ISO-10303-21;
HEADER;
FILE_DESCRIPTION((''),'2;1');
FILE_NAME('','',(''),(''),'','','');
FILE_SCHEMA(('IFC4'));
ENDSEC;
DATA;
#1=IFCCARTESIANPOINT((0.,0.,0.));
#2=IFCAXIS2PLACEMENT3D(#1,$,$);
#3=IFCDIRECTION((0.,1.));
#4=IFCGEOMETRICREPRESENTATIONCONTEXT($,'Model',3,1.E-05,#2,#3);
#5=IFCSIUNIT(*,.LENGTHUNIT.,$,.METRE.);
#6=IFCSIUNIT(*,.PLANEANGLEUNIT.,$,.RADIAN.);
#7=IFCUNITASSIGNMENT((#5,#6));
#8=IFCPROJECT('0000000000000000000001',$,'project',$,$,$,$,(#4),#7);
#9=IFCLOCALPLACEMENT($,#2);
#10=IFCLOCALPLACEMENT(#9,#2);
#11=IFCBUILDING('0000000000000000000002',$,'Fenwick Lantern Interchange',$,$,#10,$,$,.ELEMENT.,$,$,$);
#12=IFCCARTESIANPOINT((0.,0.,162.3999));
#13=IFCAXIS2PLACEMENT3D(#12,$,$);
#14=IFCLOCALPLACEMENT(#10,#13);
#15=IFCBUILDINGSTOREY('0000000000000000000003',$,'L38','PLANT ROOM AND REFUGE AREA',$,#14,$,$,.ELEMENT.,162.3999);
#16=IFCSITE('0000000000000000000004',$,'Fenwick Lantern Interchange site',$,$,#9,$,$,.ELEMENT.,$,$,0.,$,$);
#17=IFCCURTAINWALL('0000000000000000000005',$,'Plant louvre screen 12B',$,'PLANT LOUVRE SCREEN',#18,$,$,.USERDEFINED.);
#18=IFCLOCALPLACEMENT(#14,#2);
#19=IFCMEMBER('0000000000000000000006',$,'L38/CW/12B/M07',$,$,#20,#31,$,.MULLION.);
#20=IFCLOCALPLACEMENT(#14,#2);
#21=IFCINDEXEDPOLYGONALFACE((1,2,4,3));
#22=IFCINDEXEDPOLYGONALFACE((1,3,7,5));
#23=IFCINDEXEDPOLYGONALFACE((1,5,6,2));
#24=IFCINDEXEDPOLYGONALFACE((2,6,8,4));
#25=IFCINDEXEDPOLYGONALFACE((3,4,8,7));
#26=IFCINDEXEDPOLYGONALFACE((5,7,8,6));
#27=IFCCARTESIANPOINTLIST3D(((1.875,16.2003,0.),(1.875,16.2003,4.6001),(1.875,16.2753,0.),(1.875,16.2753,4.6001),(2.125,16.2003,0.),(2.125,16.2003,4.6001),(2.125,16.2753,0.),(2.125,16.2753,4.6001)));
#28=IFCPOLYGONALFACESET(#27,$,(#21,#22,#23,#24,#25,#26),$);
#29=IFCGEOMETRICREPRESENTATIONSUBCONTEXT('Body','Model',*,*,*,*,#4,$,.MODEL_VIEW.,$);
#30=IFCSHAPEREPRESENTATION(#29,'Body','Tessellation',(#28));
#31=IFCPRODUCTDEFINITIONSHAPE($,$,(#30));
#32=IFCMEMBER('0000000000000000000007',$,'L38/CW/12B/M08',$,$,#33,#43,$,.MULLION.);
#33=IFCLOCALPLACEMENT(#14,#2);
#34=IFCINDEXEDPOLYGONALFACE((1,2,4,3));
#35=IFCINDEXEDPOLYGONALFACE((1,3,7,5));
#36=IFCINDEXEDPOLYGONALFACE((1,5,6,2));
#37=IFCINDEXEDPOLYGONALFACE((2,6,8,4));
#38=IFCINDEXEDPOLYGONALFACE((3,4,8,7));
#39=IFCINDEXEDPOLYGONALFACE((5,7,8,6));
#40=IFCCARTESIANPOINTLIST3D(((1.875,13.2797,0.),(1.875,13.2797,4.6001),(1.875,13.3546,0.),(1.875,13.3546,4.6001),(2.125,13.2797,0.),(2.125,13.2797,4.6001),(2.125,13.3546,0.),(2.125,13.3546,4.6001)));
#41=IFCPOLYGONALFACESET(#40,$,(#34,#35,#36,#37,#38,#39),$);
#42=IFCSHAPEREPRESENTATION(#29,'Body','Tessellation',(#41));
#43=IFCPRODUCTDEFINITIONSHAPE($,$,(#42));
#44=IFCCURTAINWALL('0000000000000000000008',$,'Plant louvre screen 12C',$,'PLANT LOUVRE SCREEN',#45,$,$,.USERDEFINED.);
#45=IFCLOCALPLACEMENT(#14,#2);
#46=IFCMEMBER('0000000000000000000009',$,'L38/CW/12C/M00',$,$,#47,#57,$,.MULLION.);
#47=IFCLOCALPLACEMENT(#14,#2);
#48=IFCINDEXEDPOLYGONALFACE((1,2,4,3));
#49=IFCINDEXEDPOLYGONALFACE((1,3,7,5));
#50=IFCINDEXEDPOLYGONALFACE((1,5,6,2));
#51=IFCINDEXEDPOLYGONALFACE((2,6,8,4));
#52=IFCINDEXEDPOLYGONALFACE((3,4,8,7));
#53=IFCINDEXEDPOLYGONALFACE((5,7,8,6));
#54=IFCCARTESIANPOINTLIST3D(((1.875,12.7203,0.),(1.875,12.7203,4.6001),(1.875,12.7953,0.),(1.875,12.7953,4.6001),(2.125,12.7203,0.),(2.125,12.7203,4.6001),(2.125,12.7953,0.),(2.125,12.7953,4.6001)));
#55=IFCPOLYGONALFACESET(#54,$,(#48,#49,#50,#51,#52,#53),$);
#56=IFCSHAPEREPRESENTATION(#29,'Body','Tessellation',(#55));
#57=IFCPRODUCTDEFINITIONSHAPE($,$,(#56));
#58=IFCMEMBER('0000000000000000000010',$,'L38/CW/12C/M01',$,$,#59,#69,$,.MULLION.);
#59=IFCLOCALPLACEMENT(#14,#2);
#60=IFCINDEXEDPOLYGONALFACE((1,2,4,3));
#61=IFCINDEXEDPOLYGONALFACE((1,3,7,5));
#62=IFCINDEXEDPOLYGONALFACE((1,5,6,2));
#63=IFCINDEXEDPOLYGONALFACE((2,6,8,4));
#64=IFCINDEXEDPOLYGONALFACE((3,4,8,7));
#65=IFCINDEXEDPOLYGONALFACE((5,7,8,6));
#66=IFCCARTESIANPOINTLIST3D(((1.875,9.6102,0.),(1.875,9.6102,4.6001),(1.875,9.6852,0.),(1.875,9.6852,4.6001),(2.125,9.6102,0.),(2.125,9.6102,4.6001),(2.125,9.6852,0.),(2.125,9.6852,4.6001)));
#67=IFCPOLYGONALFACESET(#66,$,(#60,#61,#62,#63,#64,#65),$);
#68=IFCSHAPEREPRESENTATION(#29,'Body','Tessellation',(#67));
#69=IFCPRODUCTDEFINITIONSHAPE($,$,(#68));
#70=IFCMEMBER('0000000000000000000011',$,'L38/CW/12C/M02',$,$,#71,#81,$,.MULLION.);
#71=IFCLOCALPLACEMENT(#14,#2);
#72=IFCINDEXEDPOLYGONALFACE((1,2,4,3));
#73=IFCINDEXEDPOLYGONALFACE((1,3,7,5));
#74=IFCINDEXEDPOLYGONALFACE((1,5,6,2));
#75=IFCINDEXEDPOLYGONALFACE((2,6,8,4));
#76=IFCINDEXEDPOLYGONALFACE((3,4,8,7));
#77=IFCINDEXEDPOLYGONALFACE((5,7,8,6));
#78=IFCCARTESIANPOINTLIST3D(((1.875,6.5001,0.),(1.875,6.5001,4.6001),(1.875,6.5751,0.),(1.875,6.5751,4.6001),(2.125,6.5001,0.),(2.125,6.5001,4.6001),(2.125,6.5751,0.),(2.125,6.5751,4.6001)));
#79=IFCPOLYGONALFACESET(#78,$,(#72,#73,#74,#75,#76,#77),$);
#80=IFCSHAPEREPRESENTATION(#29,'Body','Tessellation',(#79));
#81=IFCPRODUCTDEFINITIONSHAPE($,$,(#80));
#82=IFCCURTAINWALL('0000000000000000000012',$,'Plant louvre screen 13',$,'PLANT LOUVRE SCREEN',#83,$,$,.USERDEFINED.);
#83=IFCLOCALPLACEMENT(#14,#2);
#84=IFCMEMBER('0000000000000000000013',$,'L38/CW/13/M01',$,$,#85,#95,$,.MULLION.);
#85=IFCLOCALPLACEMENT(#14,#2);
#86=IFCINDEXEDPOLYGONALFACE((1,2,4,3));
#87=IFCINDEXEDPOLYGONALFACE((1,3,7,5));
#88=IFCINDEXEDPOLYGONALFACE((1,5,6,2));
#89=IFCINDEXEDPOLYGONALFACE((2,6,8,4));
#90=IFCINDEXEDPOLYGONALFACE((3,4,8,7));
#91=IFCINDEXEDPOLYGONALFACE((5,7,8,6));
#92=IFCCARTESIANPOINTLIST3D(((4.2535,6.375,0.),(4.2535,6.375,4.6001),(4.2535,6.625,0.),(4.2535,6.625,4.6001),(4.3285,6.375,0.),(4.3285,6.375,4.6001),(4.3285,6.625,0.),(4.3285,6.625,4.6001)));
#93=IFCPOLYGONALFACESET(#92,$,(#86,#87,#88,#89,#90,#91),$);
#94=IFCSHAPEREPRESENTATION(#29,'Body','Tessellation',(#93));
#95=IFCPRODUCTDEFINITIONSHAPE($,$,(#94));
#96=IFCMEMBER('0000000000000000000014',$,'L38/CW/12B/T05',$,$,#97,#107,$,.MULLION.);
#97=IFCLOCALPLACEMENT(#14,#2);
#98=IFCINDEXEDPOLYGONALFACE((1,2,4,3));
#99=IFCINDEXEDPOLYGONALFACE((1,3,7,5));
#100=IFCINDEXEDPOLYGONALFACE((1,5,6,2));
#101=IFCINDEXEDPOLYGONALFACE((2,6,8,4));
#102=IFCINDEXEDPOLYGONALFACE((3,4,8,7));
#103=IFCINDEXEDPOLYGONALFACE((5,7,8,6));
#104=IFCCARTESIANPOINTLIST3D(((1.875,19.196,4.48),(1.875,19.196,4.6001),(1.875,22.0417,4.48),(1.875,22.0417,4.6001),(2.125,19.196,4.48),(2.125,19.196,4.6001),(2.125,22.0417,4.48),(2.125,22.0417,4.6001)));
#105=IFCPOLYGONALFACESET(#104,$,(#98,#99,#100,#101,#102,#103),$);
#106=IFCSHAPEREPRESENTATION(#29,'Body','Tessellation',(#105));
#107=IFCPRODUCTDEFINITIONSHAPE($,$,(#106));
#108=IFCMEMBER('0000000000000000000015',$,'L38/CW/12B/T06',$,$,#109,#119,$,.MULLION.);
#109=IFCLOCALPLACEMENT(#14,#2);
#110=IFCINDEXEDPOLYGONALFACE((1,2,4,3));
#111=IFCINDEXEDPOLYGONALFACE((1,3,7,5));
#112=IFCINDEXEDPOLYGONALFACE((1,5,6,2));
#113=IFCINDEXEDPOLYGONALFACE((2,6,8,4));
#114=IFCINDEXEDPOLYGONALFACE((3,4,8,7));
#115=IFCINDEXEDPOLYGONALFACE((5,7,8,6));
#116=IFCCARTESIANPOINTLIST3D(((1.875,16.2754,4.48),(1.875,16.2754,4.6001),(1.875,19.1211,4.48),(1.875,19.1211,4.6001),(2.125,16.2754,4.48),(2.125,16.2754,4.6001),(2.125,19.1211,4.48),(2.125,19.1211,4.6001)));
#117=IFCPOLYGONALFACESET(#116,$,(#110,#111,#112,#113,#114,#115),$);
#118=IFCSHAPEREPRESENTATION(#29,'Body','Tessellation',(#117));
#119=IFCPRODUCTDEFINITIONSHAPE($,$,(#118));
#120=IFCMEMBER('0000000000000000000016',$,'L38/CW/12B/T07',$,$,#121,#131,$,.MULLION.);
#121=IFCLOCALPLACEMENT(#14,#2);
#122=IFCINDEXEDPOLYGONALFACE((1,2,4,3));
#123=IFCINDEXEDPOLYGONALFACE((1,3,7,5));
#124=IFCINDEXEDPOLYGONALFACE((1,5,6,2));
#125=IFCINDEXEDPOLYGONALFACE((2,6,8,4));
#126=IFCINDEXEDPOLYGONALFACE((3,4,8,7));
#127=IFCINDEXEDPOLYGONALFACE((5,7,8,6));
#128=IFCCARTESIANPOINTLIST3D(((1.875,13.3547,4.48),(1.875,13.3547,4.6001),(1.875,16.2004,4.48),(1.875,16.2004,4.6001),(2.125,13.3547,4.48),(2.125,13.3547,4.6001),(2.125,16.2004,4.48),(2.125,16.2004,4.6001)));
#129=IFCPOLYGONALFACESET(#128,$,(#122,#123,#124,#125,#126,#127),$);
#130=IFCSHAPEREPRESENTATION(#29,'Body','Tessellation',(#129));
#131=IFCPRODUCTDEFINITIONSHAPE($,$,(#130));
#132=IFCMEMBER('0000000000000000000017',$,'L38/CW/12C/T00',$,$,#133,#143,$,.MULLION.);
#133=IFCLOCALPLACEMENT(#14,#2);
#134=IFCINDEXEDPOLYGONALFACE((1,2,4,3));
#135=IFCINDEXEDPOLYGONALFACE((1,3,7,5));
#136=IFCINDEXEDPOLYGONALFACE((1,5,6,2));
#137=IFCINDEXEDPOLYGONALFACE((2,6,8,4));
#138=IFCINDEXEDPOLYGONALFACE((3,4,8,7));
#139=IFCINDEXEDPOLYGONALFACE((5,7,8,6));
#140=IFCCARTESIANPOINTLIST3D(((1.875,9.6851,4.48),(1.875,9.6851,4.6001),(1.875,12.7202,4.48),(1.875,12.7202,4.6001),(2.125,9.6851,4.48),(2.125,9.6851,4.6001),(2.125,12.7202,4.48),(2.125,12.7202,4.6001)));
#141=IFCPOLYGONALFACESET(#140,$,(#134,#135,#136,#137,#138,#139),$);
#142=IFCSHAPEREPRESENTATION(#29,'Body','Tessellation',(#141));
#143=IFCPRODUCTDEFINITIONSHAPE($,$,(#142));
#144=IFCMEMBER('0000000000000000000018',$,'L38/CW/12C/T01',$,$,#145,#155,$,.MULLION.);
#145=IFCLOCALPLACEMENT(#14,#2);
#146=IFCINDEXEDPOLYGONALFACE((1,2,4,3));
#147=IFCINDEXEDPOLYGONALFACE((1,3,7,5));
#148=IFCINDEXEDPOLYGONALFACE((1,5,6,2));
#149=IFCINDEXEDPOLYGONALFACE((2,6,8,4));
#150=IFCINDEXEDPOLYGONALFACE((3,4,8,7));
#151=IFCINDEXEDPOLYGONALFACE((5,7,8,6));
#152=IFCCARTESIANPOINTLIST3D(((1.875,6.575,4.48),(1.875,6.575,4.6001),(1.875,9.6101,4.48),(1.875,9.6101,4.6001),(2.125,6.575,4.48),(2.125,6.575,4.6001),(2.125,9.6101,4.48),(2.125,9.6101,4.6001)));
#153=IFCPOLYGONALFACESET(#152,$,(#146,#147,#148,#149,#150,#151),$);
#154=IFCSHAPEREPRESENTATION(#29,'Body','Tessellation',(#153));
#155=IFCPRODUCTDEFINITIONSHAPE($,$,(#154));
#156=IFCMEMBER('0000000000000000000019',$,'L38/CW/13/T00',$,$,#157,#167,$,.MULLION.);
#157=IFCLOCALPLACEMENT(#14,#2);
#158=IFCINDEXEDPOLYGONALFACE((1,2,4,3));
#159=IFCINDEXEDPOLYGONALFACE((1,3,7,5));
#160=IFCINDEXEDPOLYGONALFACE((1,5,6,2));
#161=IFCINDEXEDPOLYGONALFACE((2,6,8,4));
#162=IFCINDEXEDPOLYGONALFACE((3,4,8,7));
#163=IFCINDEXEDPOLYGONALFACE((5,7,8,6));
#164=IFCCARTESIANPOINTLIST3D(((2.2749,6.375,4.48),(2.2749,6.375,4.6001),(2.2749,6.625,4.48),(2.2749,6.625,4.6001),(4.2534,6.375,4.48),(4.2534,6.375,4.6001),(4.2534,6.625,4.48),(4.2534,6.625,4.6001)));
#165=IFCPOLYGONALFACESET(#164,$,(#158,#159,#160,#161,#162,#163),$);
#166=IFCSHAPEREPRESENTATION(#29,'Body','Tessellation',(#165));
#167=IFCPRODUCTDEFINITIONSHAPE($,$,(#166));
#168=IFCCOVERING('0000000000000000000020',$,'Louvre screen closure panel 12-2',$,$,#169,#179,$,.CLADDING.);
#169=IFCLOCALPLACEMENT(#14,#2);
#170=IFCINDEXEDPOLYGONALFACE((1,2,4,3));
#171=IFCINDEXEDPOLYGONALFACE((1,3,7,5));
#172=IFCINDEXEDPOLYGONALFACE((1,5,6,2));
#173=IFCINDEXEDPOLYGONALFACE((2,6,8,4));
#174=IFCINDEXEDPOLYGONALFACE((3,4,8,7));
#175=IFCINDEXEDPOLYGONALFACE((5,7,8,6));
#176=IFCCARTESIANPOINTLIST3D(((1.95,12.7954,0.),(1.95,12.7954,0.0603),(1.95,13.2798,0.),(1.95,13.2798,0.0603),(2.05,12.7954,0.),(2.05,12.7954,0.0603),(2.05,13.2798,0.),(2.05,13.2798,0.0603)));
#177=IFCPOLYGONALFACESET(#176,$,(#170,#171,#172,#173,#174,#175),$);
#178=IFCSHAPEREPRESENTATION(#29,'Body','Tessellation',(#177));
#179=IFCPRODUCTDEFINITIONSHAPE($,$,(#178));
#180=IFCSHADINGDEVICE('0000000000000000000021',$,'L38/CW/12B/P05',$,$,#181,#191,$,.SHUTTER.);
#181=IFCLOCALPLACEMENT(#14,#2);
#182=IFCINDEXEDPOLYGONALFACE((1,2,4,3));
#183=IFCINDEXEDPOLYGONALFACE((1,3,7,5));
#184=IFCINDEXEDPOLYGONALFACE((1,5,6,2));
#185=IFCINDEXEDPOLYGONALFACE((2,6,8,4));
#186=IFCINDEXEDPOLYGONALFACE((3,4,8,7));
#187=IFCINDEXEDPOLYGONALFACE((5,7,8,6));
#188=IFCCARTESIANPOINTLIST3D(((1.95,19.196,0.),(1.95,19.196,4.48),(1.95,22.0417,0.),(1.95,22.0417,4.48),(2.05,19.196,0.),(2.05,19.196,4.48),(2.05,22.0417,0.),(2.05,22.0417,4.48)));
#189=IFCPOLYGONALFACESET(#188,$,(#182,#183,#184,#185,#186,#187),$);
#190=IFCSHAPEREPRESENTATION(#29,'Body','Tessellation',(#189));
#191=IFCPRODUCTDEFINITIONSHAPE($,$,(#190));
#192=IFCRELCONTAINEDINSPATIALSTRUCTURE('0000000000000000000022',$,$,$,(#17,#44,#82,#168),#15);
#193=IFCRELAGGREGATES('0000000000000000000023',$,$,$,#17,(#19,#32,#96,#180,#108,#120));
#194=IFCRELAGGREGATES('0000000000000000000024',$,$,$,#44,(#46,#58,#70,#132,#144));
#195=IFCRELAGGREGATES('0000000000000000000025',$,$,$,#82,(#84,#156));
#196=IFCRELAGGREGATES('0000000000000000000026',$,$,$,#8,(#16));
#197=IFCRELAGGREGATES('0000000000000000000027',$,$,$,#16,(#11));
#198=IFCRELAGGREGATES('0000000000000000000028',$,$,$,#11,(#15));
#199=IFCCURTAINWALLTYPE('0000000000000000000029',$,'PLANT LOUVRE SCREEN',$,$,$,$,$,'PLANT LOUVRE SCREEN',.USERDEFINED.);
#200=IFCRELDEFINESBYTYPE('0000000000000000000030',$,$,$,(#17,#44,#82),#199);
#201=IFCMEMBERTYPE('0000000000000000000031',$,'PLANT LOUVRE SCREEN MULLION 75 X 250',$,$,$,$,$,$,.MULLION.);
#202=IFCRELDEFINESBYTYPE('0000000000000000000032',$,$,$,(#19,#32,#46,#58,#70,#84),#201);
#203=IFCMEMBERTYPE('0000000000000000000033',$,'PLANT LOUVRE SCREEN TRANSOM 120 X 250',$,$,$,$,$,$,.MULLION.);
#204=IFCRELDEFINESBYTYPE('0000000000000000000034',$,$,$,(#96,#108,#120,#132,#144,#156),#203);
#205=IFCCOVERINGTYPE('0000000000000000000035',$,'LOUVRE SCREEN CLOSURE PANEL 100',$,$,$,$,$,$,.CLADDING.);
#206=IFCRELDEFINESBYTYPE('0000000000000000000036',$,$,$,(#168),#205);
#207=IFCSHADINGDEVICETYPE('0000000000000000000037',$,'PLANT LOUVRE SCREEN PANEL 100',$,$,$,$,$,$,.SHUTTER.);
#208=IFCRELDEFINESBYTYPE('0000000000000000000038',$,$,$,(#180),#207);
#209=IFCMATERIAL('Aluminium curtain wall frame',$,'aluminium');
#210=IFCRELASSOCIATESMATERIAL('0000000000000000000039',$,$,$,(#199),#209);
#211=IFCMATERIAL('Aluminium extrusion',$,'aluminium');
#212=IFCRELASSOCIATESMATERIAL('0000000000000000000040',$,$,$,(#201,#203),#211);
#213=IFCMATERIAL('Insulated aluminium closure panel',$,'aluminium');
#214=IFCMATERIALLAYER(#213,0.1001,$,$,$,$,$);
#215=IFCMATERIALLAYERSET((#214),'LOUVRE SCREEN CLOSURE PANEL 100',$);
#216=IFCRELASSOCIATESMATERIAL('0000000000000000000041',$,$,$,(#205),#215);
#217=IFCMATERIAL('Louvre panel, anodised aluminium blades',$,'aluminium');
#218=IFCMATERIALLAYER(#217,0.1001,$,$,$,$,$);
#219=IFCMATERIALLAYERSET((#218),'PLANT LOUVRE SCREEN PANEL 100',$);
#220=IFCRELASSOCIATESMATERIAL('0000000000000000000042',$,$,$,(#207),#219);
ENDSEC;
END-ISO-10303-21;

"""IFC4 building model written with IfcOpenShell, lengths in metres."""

from ifc_helpers import new_model, si_unit, direction, frame, origin, origin_2d, place, context, subcontext, project, spatial, rectangle, extrude, material, layer, layer_set, material_profile, profile_set, type_object, element, aggregate, save


model = new_model("IFC4")

# Units and contexts
model_context = context("Model", 3, precision=1e-05, world=origin(), true_north=direction((0.0, 1.0)))
body_context = subcontext(model_context, "Body", "Model", "MODEL_VIEW")
ifc_project = project(units=[si_unit("LENGTHUNIT", "METRE"), si_unit("PLANEANGLEUNIT", "RADIAN")], contexts=[model_context])

# Site, building, storey
site_placement = place(None, origin())
site = spatial("IfcSite", under=ifc_project, at=site_placement, Name="Fenwick Lantern Interchange site", CompositionType="ELEMENT", RefElevation=0.0)
building_placement = place(site_placement, origin())
building = spatial("IfcBuilding", under=site, at=building_placement, Name="Fenwick Lantern Interchange", CompositionType="ELEMENT")
storey_placement = place(building_placement, frame((0.0, 0.0, 162.3999)))
storey = spatial("IfcBuildingStorey", under=building, at=storey_placement, Name="L38", Description="PLANT ROOM AND REFUGE AREA", CompositionType="ELEMENT", Elevation=162.3999)

# Curtain walls, members
ifc_material_1 = material(Name="Aluminium curtain wall frame", Category="aluminium")
curtain_wall_type = type_object("IfcCurtainWallType", Name="PLANT LOUVRE SCREEN", ElementType="PLANT LOUVRE SCREEN", PredefinedType="USERDEFINED", material=ifc_material_1)
curtain_wall_1_placement = place(storey_placement, origin())
curtain_wall_1 = element("IfcCurtainWall", 1, at=curtain_wall_1_placement, inside=storey, type_object=curtain_wall_type, Name="Plant louvre screen 12B", ObjectType="PLANT LOUVRE SCREEN", PredefinedType="USERDEFINED")
ifc_material_2 = material(Name="Aluminium extrusion", Category="aluminium")
ifc_material_profile_1 = material_profile(ifc_material_2, rectangle(XDim=0.25, YDim=0.075, at=origin_2d()), Name="PLANT LOUVRE SCREEN MULLION 75 X 250")
ifc_profile_set_1 = profile_set([ifc_material_profile_1], Name="Aluminium extrusion")
member_type_1 = type_object("IfcMemberType", Name="PLANT LOUVRE SCREEN MULLION 75 X 250", PredefinedType="MULLION", material=ifc_profile_set_1)
member_1_placement = place(storey_placement, frame((2.0, 16.2378, 0.0), z_axis=(0.0, 0.0, 1.0), x_axis=(1.0, 0.0, 0.0)))
member_1 = element("IfcMember", 2, at=member_1_placement, type_object=member_type_1, Name="L38/CW/12B/M07", PredefinedType="MULLION", context=body_context, shape_type="SweptSolid", body=[
    extrude(rectangle(XDim=0.25, YDim=0.075, at=origin_2d()), origin(), (0.0, 0.0, 1.0), 4.6001),
])
member_2_placement = place(storey_placement, frame((2.0, 13.3171, 0.0), z_axis=(0.0, 0.0, 1.0), x_axis=(1.0, 0.0, 0.0)))
member_2 = element("IfcMember", 3, at=member_2_placement, type_object=member_type_1, Name="L38/CW/12B/M08", PredefinedType="MULLION", context=body_context, shape_type="SweptSolid", body=[
    extrude(rectangle(XDim=0.25, YDim=0.075, at=origin_2d()), origin(), (0.0, 0.0, 1.0), 4.6001),
])
curtain_wall_2_placement = place(storey_placement, origin())
curtain_wall_2 = element("IfcCurtainWall", 4, at=curtain_wall_2_placement, inside=storey, type_object=curtain_wall_type, Name="Plant louvre screen 12C", ObjectType="PLANT LOUVRE SCREEN", PredefinedType="USERDEFINED")
member_3_placement = place(storey_placement, frame((2.0, 12.7578, 0.0), z_axis=(0.0, 0.0, 1.0), x_axis=(1.0, 0.0, 0.0)))
member_3 = element("IfcMember", 5, at=member_3_placement, type_object=member_type_1, Name="L38/CW/12C/M00", PredefinedType="MULLION", context=body_context, shape_type="SweptSolid", body=[
    extrude(rectangle(XDim=0.25, YDim=0.075, at=origin_2d()), origin(), (0.0, 0.0, 1.0), 4.6001),
])
member_4_placement = place(storey_placement, frame((2.0, 9.6477, 0.0), z_axis=(0.0, 0.0, 1.0), x_axis=(1.0, 0.0, 0.0)))
member_4 = element("IfcMember", 6, at=member_4_placement, type_object=member_type_1, Name="L38/CW/12C/M01", PredefinedType="MULLION", context=body_context, shape_type="SweptSolid", body=[
    extrude(rectangle(XDim=0.25, YDim=0.075, at=origin_2d()), origin(), (0.0, 0.0, 1.0), 4.6001),
])
member_5_placement = place(storey_placement, frame((2.0, 6.5376, 0.0), z_axis=(0.0, 0.0, 1.0), x_axis=(1.0, 0.0, 0.0)))
member_5 = element("IfcMember", 7, at=member_5_placement, type_object=member_type_1, Name="L38/CW/12C/M02", PredefinedType="MULLION", context=body_context, shape_type="SweptSolid", body=[
    extrude(rectangle(XDim=0.25, YDim=0.075, at=origin_2d()), origin(), (0.0, 0.0, 1.0), 4.6001),
])

# Curtain wall, member
curtain_wall_3_placement = place(storey_placement, origin())
curtain_wall_3 = element("IfcCurtainWall", 8, at=curtain_wall_3_placement, inside=storey, type_object=curtain_wall_type, Name="Plant louvre screen 13", ObjectType="PLANT LOUVRE SCREEN", PredefinedType="USERDEFINED")
member_6_placement = place(storey_placement, frame((4.291, 6.5, 0.0), z_axis=(0.0, 0.0, 1.0), x_axis=(0.0, 1.0, 0.0)))
member_6 = element("IfcMember", 9, at=member_6_placement, type_object=member_type_1, Name="L38/CW/13/M01", PredefinedType="MULLION", context=body_context, shape_type="SweptSolid", body=[
    extrude(rectangle(XDim=0.25, YDim=0.075, at=origin_2d()), origin(), (0.0, 0.0, 1.0), 4.6001),
])

# Members
ifc_material_profile_2 = material_profile(ifc_material_2, rectangle(XDim=0.25, YDim=0.1201, at=origin_2d()), Name="PLANT LOUVRE SCREEN TRANSOM 120 X 250")
ifc_profile_set_2 = profile_set([ifc_material_profile_2], Name="Aluminium extrusion")
member_type_2 = type_object("IfcMemberType", Name="PLANT LOUVRE SCREEN TRANSOM 120 X 250", PredefinedType="MULLION", material=ifc_profile_set_2)
member_7_placement = place(storey_placement, frame((2.0, 22.0417, 4.54), z_axis=(0.0, -1.0, 0.0), x_axis=(1.0, 0.0, 0.0)))
member_7 = element("IfcMember", 10, at=member_7_placement, type_object=member_type_2, Name="L38/CW/12B/T05", PredefinedType="MULLION", context=body_context, shape_type="SweptSolid", body=[
    extrude(rectangle(XDim=0.25, YDim=0.1201, at=origin_2d()), origin(), (0.0, 0.0, 1.0), 2.8457),
])
member_8_placement = place(storey_placement, frame((2.0, 19.1211, 4.54), z_axis=(0.0, -1.0, 0.0), x_axis=(1.0, 0.0, 0.0)))
member_8 = element("IfcMember", 11, at=member_8_placement, type_object=member_type_2, Name="L38/CW/12B/T06", PredefinedType="MULLION", context=body_context, shape_type="SweptSolid", body=[
    extrude(rectangle(XDim=0.25, YDim=0.1201, at=origin_2d()), origin(), (0.0, 0.0, 1.0), 2.8457),
])
member_9_placement = place(storey_placement, frame((2.0, 16.2004, 4.54), z_axis=(0.0, -1.0, 0.0), x_axis=(1.0, 0.0, 0.0)))
member_9 = element("IfcMember", 12, at=member_9_placement, type_object=member_type_2, Name="L38/CW/12B/T07", PredefinedType="MULLION", context=body_context, shape_type="SweptSolid", body=[
    extrude(rectangle(XDim=0.25, YDim=0.1201, at=origin_2d()), origin(), (0.0, 0.0, 1.0), 2.8457),
])
member_10_placement = place(storey_placement, frame((2.0, 12.7202, 4.54), z_axis=(0.0, -1.0, 0.0), x_axis=(1.0, 0.0, 0.0)))
member_10 = element("IfcMember", 13, at=member_10_placement, type_object=member_type_2, Name="L38/CW/12C/T00", PredefinedType="MULLION", context=body_context, shape_type="SweptSolid", body=[
    extrude(rectangle(XDim=0.25, YDim=0.1201, at=origin_2d()), origin(), (0.0, 0.0, 1.0), 3.0352),
])
member_11_placement = place(storey_placement, frame((2.0, 9.6101, 4.54), z_axis=(0.0, -1.0, 0.0), x_axis=(1.0, 0.0, 0.0)))
member_11 = element("IfcMember", 14, at=member_11_placement, type_object=member_type_2, Name="L38/CW/12C/T01", PredefinedType="MULLION", context=body_context, shape_type="SweptSolid", body=[
    extrude(rectangle(XDim=0.25, YDim=0.1201, at=origin_2d()), origin(), (0.0, 0.0, 1.0), 3.0352),
])
member_12_placement = place(storey_placement, frame((2.2749, 6.5, 4.54), z_axis=(1.0, 0.0, 0.0), x_axis=(0.0, 1.0, 0.0)))
member_12 = element("IfcMember", 15, at=member_12_placement, type_object=member_type_2, Name="L38/CW/13/T00", PredefinedType="MULLION", context=body_context, shape_type="SweptSolid", body=[
    extrude(rectangle(XDim=0.25, YDim=0.1201, at=origin_2d()), origin(), (0.0, 0.0, 1.0), 1.9785),
])

# Covering
ifc_material_3 = material(Name="Insulated aluminium closure panel", Category="aluminium")
ifc_layer_1 = layer(ifc_material_3, 0.1001)
ifc_layer_set_1 = layer_set([ifc_layer_1], Name="LOUVRE SCREEN CLOSURE PANEL 100")
covering_type = type_object("IfcCoveringType", Name="LOUVRE SCREEN CLOSURE PANEL 100", PredefinedType="CLADDING", material=ifc_layer_set_1)
covering_placement = place(storey_placement, frame((2.0, 13.0376, 0.0), z_axis=(0.0, 0.0, 1.0), x_axis=(0.0, -1.0, 0.0)))
element("IfcCovering", 16, at=covering_placement, inside=storey, type_object=covering_type, Name="Louvre screen closure panel 12-2", PredefinedType="CLADDING", context=body_context, shape_type="SweptSolid", body=[
    extrude(rectangle(XDim=0.4844, YDim=0.1001, at=origin_2d()), origin(), (0.0, 0.0, 1.0), 0.0603),
])

# Shading device
ifc_material_4 = material(Name="Louvre panel, anodised aluminium blades", Category="aluminium")
ifc_layer_2 = layer(ifc_material_4, 0.1001)
ifc_layer_set_2 = layer_set([ifc_layer_2], Name="PLANT LOUVRE SCREEN PANEL 100")
shading_device_type = type_object("IfcShadingDeviceType", Name="PLANT LOUVRE SCREEN PANEL 100", PredefinedType="SHUTTER", material=ifc_layer_set_2)
shading_device_1_placement = place(storey_placement, frame((2.0, 20.6189, 0.0), z_axis=(0.0, 0.0, 1.0), x_axis=(0.0, -1.0, 0.0)))
shading_device_1 = element("IfcShadingDevice", 17, at=shading_device_1_placement, type_object=shading_device_type, Name="L38/CW/12B/P05", PredefinedType="SHUTTER", context=body_context, shape_type="SweptSolid", body=[
    extrude(rectangle(XDim=2.8457, YDim=0.1001, at=origin_2d()), origin(), (0.0, 0.0, 1.0), 4.48),
])
aggregate(curtain_wall_1, [member_1, member_2, member_7, shading_device_1, member_8, member_9])
aggregate(curtain_wall_2, [member_3, member_4, member_5, member_10, member_11])
aggregate(curtain_wall_3, [member_6, member_12])

save(model, "model.ifc")
